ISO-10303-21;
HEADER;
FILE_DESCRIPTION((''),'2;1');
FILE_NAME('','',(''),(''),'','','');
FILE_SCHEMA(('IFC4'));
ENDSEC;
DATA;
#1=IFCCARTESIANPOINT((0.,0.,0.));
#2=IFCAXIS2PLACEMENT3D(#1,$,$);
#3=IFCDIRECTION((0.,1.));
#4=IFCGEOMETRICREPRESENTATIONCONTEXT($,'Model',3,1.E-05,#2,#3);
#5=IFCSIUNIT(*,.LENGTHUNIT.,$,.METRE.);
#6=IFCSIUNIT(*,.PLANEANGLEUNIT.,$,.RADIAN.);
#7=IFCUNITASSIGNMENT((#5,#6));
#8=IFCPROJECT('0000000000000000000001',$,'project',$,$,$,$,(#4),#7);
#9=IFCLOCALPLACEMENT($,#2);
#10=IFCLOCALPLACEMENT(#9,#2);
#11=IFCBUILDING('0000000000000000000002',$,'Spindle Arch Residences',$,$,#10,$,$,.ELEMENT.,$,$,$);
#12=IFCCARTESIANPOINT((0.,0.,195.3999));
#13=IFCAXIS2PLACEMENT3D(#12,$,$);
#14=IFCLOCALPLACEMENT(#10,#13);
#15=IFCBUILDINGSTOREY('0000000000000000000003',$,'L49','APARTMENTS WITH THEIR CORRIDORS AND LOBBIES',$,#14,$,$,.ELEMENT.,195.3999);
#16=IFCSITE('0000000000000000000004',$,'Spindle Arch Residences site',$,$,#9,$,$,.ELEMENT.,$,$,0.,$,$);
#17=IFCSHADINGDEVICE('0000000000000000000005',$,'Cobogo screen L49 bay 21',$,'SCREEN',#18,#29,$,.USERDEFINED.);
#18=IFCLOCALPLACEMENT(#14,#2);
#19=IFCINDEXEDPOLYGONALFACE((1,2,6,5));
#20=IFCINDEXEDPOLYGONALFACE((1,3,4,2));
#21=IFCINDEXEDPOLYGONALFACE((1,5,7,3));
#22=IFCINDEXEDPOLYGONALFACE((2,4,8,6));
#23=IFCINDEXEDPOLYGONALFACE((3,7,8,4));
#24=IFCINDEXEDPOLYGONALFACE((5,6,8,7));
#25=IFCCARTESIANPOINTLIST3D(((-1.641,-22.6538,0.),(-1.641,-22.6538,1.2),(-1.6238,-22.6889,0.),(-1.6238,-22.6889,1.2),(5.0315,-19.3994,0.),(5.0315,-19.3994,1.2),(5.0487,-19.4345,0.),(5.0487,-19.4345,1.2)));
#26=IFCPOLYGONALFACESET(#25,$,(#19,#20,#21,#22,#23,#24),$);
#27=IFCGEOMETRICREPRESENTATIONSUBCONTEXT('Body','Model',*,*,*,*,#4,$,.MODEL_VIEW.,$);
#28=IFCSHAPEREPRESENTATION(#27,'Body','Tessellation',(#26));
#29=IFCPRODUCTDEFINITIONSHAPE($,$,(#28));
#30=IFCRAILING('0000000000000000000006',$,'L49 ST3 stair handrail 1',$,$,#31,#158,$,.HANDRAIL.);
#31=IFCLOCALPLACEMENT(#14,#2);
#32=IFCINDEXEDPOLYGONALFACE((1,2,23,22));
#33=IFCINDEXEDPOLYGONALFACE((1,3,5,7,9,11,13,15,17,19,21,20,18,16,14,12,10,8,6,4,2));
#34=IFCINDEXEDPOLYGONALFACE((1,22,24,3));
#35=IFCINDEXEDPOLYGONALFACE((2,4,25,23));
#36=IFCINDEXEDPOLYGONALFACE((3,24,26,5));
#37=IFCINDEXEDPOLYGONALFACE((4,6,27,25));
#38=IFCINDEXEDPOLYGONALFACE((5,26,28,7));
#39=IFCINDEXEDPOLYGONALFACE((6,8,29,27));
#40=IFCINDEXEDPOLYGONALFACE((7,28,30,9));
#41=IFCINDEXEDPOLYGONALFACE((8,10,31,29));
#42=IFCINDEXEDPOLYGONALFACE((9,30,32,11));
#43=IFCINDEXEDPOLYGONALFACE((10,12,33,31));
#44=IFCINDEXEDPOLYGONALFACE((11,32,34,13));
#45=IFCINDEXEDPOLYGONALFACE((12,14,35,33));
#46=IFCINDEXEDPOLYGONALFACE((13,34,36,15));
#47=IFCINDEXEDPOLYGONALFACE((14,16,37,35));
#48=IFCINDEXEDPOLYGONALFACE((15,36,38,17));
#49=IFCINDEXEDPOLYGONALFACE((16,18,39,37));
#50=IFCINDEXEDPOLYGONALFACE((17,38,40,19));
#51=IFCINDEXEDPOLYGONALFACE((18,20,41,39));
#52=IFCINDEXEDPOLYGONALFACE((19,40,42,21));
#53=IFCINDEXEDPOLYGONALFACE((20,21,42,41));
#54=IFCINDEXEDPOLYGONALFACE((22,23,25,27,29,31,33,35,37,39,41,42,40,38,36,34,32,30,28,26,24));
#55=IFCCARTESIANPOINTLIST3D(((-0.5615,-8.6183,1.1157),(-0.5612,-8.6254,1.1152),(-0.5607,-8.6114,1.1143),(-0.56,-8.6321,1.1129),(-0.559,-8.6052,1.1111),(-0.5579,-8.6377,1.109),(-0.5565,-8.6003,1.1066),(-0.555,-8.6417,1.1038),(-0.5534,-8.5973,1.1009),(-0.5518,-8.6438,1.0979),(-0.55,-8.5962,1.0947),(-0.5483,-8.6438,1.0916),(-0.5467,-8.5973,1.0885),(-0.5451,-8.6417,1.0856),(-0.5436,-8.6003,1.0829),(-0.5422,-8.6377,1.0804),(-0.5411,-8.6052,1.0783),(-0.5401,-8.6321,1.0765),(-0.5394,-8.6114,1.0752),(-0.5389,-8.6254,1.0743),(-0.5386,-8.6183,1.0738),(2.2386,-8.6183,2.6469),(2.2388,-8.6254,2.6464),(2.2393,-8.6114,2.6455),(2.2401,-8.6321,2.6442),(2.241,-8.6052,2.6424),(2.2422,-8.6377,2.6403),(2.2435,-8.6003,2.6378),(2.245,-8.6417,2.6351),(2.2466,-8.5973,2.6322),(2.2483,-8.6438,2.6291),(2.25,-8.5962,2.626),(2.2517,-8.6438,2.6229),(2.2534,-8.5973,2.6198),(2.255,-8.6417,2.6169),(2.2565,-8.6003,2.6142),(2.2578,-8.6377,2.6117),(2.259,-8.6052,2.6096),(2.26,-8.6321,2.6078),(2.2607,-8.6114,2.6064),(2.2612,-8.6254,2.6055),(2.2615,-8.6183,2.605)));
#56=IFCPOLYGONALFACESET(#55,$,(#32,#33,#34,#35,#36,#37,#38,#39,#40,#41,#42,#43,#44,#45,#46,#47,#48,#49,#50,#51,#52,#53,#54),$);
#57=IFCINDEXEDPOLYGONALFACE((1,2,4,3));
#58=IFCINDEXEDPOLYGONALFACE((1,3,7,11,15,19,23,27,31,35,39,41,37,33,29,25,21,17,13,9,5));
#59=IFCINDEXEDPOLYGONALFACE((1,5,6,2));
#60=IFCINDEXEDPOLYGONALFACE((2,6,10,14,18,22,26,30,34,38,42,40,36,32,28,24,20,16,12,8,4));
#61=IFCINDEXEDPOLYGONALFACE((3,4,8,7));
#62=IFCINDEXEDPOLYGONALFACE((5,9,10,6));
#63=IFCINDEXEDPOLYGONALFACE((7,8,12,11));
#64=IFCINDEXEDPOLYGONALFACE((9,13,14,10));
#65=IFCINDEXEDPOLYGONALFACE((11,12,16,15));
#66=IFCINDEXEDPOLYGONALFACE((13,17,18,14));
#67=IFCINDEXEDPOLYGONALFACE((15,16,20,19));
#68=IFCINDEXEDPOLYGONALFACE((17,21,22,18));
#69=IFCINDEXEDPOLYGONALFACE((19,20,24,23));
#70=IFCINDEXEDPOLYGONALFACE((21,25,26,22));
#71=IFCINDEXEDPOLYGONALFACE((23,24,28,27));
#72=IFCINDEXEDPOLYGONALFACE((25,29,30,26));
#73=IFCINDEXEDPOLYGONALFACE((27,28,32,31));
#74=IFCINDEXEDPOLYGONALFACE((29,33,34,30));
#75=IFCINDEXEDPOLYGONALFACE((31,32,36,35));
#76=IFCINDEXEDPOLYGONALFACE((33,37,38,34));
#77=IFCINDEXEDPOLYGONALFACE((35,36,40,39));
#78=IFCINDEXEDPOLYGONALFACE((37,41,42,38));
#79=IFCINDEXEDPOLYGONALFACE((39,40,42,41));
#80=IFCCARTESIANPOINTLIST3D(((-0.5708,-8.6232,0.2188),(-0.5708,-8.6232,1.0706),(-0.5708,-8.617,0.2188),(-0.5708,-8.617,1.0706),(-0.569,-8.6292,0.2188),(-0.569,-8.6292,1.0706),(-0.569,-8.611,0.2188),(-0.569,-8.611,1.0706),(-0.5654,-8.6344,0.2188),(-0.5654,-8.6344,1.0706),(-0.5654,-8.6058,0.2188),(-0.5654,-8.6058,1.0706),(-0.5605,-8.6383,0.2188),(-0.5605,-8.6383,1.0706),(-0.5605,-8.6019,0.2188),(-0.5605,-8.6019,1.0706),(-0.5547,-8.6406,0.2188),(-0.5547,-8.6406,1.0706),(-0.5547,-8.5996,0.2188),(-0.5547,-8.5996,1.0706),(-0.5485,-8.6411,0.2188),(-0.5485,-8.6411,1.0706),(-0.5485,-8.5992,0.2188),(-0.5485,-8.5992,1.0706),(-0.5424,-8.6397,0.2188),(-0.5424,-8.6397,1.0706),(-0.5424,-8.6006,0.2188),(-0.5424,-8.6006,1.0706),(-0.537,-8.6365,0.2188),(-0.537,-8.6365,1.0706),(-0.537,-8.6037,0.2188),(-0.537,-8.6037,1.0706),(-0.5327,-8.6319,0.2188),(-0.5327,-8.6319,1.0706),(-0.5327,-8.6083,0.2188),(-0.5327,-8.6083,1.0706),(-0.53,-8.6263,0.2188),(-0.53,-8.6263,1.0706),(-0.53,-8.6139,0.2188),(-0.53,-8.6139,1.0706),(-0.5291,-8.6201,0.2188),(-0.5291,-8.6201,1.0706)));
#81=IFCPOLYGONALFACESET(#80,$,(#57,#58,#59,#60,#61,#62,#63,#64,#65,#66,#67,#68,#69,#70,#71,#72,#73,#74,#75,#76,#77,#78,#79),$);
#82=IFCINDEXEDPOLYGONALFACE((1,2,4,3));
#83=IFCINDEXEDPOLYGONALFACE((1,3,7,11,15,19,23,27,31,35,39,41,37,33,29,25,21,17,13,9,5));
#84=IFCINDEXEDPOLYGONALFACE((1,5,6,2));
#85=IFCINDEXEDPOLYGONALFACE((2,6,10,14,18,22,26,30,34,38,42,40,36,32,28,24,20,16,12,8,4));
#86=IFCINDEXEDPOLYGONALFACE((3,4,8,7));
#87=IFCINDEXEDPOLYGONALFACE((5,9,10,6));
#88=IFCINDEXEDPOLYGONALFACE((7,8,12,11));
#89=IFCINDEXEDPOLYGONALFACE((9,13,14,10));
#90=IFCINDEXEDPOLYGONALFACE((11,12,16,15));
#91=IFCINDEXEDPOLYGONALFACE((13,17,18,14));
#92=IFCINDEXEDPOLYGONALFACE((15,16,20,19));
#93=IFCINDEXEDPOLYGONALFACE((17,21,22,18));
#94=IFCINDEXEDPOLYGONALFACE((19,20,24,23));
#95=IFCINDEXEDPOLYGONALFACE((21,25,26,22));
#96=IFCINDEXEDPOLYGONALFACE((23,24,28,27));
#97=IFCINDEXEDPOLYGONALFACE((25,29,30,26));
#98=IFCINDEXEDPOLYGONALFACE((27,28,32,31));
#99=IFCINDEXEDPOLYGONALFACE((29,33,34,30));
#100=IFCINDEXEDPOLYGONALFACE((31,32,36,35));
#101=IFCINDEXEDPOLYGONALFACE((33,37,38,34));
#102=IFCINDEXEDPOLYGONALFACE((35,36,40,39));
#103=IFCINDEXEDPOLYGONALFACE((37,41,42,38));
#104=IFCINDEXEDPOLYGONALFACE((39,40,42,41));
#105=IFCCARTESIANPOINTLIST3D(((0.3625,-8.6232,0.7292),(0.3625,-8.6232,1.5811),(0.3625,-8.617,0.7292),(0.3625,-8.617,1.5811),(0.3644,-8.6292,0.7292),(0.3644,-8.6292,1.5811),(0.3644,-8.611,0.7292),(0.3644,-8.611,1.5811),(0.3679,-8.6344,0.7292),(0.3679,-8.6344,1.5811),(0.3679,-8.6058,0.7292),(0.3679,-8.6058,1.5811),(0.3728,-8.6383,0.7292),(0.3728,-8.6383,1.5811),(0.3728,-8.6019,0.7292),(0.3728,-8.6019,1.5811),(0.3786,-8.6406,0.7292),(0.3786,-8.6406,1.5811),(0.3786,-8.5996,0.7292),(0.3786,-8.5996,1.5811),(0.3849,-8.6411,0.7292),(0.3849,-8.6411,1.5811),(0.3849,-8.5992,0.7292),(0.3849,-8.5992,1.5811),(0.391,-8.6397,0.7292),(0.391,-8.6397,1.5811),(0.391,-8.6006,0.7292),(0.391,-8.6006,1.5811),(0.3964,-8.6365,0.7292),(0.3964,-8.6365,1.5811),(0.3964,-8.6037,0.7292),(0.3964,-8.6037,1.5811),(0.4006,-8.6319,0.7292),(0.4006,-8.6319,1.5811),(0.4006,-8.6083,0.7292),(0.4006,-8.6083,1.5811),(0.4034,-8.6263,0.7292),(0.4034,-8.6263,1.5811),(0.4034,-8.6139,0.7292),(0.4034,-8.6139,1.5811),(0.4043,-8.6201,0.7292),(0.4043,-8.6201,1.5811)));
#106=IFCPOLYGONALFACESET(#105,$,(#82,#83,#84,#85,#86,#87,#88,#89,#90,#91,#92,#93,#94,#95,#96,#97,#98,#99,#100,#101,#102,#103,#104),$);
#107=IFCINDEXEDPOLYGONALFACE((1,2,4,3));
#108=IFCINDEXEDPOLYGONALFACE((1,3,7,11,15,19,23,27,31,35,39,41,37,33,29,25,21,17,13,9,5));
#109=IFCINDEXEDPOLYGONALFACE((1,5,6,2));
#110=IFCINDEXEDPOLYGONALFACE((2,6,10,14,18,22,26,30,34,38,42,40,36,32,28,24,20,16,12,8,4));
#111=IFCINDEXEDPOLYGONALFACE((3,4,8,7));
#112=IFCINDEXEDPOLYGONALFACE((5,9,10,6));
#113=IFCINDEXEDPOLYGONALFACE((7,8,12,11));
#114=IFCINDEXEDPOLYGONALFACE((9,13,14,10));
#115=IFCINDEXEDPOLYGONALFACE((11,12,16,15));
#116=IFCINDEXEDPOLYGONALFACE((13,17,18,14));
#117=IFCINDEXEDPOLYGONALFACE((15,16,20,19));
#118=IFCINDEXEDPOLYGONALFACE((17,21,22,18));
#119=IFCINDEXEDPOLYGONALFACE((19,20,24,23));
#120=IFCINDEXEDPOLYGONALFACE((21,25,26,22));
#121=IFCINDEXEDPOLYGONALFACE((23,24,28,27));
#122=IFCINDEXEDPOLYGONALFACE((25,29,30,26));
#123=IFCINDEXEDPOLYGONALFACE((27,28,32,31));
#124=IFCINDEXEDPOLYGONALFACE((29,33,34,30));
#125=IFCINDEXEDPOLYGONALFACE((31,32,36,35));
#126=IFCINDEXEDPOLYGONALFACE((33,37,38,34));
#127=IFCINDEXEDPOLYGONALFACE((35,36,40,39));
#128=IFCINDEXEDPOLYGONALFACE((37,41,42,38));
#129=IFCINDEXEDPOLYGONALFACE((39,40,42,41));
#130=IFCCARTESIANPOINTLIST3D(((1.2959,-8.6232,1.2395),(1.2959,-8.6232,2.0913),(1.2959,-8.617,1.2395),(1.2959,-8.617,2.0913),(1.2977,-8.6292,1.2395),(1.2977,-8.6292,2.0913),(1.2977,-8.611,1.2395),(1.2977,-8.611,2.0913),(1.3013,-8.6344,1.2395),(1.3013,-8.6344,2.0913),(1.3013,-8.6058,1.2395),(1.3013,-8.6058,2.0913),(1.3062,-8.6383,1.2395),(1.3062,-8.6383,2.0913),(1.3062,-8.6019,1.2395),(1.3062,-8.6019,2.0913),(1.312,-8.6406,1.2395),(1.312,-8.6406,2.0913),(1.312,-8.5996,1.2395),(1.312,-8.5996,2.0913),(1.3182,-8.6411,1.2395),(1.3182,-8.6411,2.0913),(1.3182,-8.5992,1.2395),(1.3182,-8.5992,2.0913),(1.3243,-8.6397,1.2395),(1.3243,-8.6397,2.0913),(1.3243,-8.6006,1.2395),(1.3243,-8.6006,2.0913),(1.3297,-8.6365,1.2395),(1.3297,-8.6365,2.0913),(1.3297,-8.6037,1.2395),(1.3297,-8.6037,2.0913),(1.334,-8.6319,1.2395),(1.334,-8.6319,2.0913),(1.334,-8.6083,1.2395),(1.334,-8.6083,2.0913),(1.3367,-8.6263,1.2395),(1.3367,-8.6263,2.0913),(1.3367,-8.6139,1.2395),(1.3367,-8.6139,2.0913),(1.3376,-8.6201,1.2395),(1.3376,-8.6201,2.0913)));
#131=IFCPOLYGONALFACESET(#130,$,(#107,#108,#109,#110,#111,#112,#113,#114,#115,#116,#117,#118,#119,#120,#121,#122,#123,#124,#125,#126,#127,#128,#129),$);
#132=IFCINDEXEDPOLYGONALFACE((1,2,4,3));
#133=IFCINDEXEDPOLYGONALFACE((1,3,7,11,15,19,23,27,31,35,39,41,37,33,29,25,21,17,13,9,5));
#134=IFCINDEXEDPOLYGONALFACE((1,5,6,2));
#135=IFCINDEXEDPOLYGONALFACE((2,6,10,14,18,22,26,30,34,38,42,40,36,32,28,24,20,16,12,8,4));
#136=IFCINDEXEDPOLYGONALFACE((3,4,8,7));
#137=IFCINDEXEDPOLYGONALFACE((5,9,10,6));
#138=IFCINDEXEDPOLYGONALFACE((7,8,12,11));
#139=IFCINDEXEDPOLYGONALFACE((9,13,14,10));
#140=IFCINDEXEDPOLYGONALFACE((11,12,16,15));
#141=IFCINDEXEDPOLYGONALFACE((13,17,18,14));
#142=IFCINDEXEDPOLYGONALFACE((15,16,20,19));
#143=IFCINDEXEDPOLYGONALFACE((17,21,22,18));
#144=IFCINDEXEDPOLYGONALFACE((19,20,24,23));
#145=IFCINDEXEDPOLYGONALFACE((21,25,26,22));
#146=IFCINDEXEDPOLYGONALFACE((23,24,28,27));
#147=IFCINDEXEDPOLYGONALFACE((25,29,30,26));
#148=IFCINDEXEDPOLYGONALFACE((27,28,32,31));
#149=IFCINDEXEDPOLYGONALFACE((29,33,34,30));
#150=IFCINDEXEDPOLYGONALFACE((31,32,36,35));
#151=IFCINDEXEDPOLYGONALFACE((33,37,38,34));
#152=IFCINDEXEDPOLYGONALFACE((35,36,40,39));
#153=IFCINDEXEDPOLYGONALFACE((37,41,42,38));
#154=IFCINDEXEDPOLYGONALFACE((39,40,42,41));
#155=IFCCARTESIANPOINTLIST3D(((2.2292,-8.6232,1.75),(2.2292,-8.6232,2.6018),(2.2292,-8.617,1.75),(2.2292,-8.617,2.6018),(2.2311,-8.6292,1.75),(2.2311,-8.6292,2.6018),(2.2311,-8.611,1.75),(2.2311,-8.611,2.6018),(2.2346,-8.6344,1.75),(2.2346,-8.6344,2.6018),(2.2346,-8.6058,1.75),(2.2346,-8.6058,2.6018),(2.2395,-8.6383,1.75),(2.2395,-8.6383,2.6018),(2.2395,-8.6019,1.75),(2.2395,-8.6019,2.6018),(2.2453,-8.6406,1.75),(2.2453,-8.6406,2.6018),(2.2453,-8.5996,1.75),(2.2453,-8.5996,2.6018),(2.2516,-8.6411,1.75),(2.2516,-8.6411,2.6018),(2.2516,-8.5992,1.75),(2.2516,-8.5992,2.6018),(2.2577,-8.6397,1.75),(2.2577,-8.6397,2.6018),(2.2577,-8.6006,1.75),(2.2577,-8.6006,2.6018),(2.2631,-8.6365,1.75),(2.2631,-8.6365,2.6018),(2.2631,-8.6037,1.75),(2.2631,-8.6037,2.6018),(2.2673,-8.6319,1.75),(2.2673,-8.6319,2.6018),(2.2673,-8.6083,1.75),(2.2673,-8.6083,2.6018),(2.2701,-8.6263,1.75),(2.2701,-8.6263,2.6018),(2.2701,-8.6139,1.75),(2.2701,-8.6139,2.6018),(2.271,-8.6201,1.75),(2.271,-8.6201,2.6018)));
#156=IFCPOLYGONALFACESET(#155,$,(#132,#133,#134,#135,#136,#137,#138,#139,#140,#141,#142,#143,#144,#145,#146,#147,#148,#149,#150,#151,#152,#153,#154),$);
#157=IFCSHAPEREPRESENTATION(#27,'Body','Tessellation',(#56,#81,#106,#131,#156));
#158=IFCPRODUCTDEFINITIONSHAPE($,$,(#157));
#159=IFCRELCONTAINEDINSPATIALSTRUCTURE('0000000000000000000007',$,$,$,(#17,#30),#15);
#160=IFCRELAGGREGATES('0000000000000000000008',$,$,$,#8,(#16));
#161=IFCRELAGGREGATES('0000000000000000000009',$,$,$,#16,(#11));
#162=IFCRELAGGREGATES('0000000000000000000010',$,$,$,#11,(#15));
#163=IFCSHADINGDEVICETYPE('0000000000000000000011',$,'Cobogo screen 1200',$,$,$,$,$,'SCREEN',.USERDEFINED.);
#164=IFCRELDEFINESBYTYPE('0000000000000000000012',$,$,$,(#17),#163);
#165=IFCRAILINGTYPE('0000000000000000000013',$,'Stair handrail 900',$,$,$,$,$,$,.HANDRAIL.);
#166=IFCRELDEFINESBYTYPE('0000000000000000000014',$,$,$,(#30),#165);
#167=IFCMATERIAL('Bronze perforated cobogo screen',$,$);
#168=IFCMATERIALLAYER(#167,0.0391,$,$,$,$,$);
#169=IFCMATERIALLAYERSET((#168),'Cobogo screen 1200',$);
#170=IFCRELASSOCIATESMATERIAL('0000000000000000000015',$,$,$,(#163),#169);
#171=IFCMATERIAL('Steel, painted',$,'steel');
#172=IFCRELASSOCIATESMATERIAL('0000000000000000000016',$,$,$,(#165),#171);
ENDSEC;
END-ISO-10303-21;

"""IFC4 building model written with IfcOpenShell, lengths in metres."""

from ifc_helpers import new_model, si_unit, direction, frame, origin, origin_2d, place, context, subcontext, project, spatial, rectangle, circle, extrude, material, layer, layer_set, type_object, element, save


model = new_model("IFC4")

# Units and contexts
model_context = context("Model", 3, precision=1e-05, world=origin(), true_north=direction((0.0, 1.0)))
body_context = subcontext(model_context, "Body", "Model", "MODEL_VIEW")
ifc_project = project(units=[si_unit("LENGTHUNIT", "METRE"), si_unit("PLANEANGLEUNIT", "RADIAN")], contexts=[model_context])

# Site, building, storey
site_placement = place(None, origin())
site = spatial("IfcSite", under=ifc_project, at=site_placement, Name="Spindle Arch Residences site", CompositionType="ELEMENT", RefElevation=0.0)
building_placement = place(site_placement, origin())
building = spatial("IfcBuilding", under=site, at=building_placement, Name="Spindle Arch Residences", CompositionType="ELEMENT")
storey_placement = place(building_placement, frame((0.0, 0.0, 195.3999)))
storey = spatial("IfcBuildingStorey", under=building, at=storey_placement, Name="L49", Description="APARTMENTS WITH THEIR CORRIDORS AND LOBBIES", CompositionType="ELEMENT", Elevation=195.3999)

# Shading device
ifc_material_1 = material(Name="Bronze perforated cobogo screen")
ifc_layer_1 = layer(ifc_material_1, 0.0391)
ifc_layer_set_1 = layer_set([ifc_layer_1], Name="Cobogo screen 1200")
shading_device_type = type_object("IfcShadingDeviceType", Name="Cobogo screen 1200", ElementType="SCREEN", PredefinedType="USERDEFINED", material=ifc_layer_set_1)
shading_device_placement = place(storey_placement, frame((1.7039, -21.0442, 0.0), z_axis=(0.0, 0.0, 1.0), x_axis=(0.898794, 0.438371, 0.0)))
element("IfcShadingDevice", 1, at=shading_device_placement, inside=storey, type_object=shading_device_type, Name="Cobogo screen L49 bay 21", ObjectType="SCREEN", PredefinedType="USERDEFINED", context=body_context, shape_type="SweptSolid", body=[
    extrude(rectangle(XDim=7.4238, YDim=0.0391, at=origin_2d()), origin(), (0.0, 0.0, 1.0), 1.2),
])

# Railing
ifc_material_2 = material(Name="Steel, painted", Category="steel")
railing_type = type_object("IfcRailingType", Name="Stair handrail 900", PredefinedType="HANDRAIL", material=ifc_material_2)
railing_placement = place(storey_placement, frame((-0.55, -8.6201, 0.2188)))
element("IfcRailing", 2, at=railing_placement, inside=storey, type_object=railing_type, Name="L49 ST3 stair handrail 1", PredefinedType="HANDRAIL", context=body_context, shape_type="SweptSolid", body=[
    extrude(circle(Radius=0.0239, at=origin_2d()), frame((0.0, 0.0, 0.876), z_axis=(0.877375, 0.0, 0.479806), x_axis=(0.0, 1.0, 0.0)), (0.0, 0.0, 1.0), 3.1914),
    extrude(circle(Radius=0.021, at=origin_2d()), origin(), (0.0, 0.0, 1.0), 0.8518),
    extrude(circle(Radius=0.021, at=origin_2d()), frame((0.9333, 0.0, 0.5105)), (0.0, 0.0, 1.0), 0.8518),
    extrude(circle(Radius=0.021, at=origin_2d()), frame((1.8667, 0.0, 1.0208)), (0.0, 0.0, 1.0), 0.8518),
    extrude(circle(Radius=0.021, at=origin_2d()), frame((2.8, 0.0, 1.5312)), (0.0, 0.0, 1.0), 0.8518),
])

save(model, "model.ifc")
